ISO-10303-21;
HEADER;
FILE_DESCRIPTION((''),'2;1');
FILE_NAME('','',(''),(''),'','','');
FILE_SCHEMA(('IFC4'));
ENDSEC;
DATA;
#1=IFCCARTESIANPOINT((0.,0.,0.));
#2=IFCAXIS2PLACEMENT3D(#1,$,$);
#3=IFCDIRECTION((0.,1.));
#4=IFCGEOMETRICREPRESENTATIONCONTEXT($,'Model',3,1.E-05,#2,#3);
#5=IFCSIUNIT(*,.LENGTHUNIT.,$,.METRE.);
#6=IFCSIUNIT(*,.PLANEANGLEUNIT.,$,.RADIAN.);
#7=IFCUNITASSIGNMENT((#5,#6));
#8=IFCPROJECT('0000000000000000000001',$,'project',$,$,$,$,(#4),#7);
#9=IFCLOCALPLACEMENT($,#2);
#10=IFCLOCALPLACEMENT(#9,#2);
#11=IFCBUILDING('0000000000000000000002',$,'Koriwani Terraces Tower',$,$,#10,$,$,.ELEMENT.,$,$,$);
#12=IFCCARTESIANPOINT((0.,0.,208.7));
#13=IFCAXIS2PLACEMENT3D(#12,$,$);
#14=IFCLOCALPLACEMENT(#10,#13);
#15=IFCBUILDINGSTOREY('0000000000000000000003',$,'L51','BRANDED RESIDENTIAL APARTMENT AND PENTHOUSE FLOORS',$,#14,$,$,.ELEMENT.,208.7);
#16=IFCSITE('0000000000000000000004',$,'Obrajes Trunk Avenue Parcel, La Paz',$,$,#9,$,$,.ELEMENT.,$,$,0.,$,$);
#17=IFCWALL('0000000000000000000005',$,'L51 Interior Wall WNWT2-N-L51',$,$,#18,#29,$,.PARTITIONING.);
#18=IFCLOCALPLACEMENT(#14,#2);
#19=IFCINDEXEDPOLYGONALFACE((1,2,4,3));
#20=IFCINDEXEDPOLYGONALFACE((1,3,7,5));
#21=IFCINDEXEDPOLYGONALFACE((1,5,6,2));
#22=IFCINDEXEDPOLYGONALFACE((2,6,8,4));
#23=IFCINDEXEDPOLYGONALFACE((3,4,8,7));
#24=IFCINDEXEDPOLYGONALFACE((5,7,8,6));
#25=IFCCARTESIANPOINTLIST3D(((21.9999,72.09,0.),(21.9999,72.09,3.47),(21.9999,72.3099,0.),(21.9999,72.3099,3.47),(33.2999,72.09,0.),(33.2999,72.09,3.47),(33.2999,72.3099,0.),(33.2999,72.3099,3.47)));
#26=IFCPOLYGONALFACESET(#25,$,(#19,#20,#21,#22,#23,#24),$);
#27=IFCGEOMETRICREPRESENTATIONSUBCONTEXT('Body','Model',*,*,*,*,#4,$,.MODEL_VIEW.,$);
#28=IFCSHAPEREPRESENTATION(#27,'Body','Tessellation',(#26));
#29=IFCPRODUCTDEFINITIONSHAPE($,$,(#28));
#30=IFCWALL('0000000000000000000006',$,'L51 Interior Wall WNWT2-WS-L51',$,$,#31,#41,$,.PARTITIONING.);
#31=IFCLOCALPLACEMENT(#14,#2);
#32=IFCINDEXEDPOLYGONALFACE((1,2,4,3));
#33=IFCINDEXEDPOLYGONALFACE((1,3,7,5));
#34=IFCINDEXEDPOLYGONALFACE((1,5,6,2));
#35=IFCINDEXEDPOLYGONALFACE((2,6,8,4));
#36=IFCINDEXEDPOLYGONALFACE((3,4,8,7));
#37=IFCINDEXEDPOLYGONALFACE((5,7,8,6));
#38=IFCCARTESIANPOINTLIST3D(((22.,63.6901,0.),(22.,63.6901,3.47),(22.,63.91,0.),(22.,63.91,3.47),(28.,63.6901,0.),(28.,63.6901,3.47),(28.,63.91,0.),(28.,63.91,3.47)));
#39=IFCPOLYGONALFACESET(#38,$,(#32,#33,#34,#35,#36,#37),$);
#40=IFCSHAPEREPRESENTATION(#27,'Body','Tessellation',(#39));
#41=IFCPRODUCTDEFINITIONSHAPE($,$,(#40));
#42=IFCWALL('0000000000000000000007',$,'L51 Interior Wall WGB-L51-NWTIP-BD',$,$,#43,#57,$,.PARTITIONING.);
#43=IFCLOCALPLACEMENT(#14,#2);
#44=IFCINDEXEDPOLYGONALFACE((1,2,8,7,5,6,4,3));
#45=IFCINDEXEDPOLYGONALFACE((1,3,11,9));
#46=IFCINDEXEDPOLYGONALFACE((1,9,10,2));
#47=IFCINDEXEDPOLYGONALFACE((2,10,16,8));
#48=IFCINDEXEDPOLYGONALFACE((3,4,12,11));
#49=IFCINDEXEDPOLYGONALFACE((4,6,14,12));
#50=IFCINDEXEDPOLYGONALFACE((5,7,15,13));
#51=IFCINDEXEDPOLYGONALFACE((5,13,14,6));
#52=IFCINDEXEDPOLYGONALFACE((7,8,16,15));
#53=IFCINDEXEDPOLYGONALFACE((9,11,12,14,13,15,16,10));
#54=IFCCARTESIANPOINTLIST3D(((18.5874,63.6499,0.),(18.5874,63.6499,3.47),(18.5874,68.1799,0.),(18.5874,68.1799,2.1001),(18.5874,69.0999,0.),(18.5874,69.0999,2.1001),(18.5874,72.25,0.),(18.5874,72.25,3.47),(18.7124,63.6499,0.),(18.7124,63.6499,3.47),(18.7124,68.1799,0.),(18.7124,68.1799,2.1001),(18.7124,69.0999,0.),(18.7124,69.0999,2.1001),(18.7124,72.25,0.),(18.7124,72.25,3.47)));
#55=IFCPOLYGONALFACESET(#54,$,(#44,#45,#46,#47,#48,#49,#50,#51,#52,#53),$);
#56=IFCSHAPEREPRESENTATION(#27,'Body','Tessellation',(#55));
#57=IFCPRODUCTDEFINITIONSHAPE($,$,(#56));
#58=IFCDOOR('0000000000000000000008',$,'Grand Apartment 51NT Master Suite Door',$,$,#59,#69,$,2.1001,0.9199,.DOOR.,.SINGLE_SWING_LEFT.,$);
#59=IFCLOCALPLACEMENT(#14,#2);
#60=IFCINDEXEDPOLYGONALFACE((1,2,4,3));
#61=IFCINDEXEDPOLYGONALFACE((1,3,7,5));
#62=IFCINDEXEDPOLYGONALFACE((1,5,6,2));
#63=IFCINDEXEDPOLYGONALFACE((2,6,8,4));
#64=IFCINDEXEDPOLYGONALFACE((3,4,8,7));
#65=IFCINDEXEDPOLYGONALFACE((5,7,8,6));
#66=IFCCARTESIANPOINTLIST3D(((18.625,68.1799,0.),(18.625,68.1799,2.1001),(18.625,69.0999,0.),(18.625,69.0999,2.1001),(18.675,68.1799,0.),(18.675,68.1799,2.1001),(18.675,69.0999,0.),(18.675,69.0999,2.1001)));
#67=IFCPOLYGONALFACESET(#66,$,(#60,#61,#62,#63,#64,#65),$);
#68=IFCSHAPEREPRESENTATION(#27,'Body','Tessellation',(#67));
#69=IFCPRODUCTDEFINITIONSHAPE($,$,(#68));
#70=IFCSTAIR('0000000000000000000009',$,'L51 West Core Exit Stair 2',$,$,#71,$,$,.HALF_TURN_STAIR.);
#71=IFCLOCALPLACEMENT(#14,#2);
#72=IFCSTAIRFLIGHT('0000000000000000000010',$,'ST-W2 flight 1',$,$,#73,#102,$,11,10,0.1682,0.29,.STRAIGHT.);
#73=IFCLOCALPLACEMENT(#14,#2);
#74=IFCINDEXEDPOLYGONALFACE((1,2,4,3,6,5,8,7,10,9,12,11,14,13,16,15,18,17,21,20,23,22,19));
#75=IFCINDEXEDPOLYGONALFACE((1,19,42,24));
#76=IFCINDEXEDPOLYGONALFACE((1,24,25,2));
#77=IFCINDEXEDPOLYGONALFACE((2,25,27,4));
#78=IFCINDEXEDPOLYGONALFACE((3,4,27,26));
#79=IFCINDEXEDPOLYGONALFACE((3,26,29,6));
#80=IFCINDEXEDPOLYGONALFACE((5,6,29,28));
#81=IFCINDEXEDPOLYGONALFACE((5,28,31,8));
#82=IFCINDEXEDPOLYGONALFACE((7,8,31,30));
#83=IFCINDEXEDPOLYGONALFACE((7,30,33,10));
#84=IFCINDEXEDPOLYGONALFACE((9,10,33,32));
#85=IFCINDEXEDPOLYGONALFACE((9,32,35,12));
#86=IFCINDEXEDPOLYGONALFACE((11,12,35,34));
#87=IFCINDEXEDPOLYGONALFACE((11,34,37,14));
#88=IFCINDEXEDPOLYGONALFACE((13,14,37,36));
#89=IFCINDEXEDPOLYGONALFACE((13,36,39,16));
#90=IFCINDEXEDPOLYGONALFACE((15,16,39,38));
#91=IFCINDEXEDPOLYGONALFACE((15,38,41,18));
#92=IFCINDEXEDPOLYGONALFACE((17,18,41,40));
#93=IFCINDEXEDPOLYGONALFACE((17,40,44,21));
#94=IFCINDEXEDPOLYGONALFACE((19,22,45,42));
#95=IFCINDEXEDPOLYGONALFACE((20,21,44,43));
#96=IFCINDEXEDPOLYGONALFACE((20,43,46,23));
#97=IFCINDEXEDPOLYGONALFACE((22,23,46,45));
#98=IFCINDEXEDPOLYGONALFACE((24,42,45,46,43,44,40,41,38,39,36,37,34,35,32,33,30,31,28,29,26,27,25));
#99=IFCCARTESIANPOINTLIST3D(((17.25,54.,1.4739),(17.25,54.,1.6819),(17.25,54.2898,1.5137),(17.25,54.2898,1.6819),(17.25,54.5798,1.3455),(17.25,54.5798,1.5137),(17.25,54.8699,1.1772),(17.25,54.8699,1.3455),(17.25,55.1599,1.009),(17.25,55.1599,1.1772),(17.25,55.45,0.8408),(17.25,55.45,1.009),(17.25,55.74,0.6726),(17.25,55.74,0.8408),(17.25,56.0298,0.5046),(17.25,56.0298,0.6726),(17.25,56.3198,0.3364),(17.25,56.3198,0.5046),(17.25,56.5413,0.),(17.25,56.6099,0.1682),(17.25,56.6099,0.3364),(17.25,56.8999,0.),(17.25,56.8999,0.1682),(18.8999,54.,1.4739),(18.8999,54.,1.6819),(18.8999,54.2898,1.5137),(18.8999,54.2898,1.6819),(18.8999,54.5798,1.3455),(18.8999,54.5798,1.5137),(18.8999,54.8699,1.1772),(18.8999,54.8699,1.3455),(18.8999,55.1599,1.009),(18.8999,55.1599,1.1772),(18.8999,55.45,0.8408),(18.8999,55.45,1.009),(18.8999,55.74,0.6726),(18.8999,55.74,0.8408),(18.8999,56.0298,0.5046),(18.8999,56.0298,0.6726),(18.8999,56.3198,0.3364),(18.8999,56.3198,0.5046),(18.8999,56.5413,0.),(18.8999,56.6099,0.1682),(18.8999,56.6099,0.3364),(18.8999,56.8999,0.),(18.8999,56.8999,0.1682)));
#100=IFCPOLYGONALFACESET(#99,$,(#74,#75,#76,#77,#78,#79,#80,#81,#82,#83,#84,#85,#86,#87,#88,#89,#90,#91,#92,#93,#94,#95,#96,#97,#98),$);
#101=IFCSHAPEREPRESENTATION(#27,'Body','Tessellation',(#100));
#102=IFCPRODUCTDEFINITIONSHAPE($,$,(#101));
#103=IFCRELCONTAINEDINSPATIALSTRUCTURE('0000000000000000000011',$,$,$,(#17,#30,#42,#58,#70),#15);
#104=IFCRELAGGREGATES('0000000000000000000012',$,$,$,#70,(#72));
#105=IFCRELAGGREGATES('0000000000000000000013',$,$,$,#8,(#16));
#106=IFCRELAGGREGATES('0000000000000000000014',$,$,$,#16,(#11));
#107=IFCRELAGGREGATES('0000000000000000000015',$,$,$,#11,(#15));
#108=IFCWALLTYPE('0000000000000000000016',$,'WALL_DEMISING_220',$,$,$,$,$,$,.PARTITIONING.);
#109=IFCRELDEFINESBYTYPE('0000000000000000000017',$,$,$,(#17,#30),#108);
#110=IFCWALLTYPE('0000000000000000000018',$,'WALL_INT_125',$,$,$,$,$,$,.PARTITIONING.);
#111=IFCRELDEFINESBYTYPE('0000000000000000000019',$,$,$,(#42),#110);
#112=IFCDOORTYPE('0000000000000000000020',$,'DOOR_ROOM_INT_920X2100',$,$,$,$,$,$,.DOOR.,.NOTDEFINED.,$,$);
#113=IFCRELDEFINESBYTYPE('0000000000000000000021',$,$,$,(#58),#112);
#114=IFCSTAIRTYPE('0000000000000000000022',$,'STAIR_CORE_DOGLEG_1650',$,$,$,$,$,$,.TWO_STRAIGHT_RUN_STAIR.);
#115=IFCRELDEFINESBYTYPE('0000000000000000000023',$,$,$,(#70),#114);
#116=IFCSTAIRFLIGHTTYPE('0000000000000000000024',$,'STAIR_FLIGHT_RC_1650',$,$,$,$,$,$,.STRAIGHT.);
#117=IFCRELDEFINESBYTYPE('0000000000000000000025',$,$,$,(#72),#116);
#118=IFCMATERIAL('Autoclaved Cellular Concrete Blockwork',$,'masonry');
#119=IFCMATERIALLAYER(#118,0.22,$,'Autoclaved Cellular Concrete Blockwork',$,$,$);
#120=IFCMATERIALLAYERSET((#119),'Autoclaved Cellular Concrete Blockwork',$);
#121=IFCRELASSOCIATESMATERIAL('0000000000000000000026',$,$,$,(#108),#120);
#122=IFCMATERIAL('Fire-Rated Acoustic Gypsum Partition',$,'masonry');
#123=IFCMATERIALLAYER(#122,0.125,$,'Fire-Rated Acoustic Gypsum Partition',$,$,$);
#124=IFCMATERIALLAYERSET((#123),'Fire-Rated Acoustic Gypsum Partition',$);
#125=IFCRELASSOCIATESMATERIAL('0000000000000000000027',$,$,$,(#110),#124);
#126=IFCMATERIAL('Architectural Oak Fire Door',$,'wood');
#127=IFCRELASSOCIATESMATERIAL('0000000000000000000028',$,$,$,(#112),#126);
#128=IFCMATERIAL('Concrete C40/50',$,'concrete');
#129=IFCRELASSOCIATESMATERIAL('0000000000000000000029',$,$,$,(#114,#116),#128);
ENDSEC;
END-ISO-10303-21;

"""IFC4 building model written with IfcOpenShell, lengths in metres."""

from ifc_helpers import new_model, si_unit, direction, frame, frame_2d, origin, place, context, subcontext, project, spatial, polyline, rectangle, outline, extrude, material, layer, layer_set, type_object, element, fill, aggregate, save


model = new_model("IFC4")

# Units and contexts
model_context = context("Model", 3, precision=1e-05, world=origin(), true_north=direction((0.0, 1.0)))
body_context = subcontext(model_context, "Body", "Model", "MODEL_VIEW")
ifc_project = project(units=[si_unit("LENGTHUNIT", "METRE"), si_unit("PLANEANGLEUNIT", "RADIAN")], contexts=[model_context])

# Site, building, storey
site_placement = place(None, origin())
site = spatial("IfcSite", under=ifc_project, at=site_placement, Name="Obrajes Trunk Avenue Parcel, La Paz", CompositionType="ELEMENT", RefElevation=0.0)
building_placement = place(site_placement, origin())
building = spatial("IfcBuilding", under=site, at=building_placement, Name="Koriwani Terraces Tower", CompositionType="ELEMENT")
storey_placement = place(building_placement, frame((0.0, 0.0, 208.7)))
storey = spatial("IfcBuildingStorey", under=building, at=storey_placement, Name="L51", Description="BRANDED RESIDENTIAL APARTMENT AND PENTHOUSE FLOORS", CompositionType="ELEMENT", Elevation=208.7)

# Shared definitions
ifc_material_1 = material(Name="Concrete C40/50", Category="concrete")

# Walls
ifc_material_2 = material(Name="Autoclaved Cellular Concrete Blockwork", Category="masonry")
ifc_layer_1 = layer(ifc_material_2, 0.22, Name="Autoclaved Cellular Concrete Blockwork")
ifc_layer_set_1 = layer_set([ifc_layer_1], Name="Autoclaved Cellular Concrete Blockwork")
wall_type_1 = type_object("IfcWallType", Name="WALL_DEMISING_220", PredefinedType="PARTITIONING", material=ifc_layer_set_1)
wall_1_placement = place(storey_placement, frame((22.0, 72.2, 0.0), z_axis=(0.0, 0.0, 1.0), x_axis=(1.0, 0.0, 0.0)))
element("IfcWall", 1, at=wall_1_placement, inside=storey, type_object=wall_type_1, Name="L51 Interior Wall WNWT2-N-L51", PredefinedType="PARTITIONING", context=body_context, shape_type="SweptSolid", body=[
    extrude(rectangle(XDim=11.3, YDim=0.22, at=frame_2d((5.6499, 0.0))), origin(), (0.0, 0.0, 1.0), 3.47),
])
wall_2_placement = place(storey_placement, frame((22.0, 63.8, 0.0), z_axis=(0.0, 0.0, 1.0), x_axis=(1.0, 0.0, 0.0)))
element("IfcWall", 2, at=wall_2_placement, inside=storey, type_object=wall_type_1, Name="L51 Interior Wall WNWT2-WS-L51", PredefinedType="PARTITIONING", context=body_context, shape_type="SweptSolid", body=[
    extrude(rectangle(XDim=6.0, YDim=0.22, at=frame_2d((3.0, 0.0))), origin(), (0.0, 0.0, 1.0), 3.47),
])

# Wall, opening, door
ifc_material_3 = material(Name="Fire-Rated Acoustic Gypsum Partition", Category="masonry")
ifc_layer_2 = layer(ifc_material_3, 0.125, Name="Fire-Rated Acoustic Gypsum Partition")
ifc_layer_set_2 = layer_set([ifc_layer_2], Name="Fire-Rated Acoustic Gypsum Partition")
wall_type_2 = type_object("IfcWallType", Name="WALL_INT_125", PredefinedType="PARTITIONING", material=ifc_layer_set_2)
wall_3_placement = place(storey_placement, frame((18.6499, 63.6499, 0.0), z_axis=(0.0, 0.0, 1.0), x_axis=(0.0, 1.0, 0.0)))
wall_3 = element("IfcWall", 3, at=wall_3_placement, inside=storey, type_object=wall_type_2, Name="L51 Interior Wall WGB-L51-NWTIP-BD", PredefinedType="PARTITIONING", context=body_context, shape_type="SweptSolid", body=[
    extrude(rectangle(XDim=8.6001, YDim=0.125, at=frame_2d((4.3, 0.0))), origin(), (0.0, 0.0, 1.0), 3.47),
])
opening_1_placement = place(wall_3_placement, frame((4.53, 0.0, 0.0)))
opening_1 = element("IfcOpeningElement", 4, at=opening_1_placement, cuts=wall_3, PredefinedType="OPENING", context=body_context, shape_type="SweptSolid", body=[
    extrude(rectangle(XDim=0.9199, YDim=2.1001, at=frame_2d((0.46, 1.05))), frame((0.0, 0.0725, 0.0), z_axis=(0.0, -1.0, 0.0), x_axis=(1.0, 0.0, 0.0)), (0.0, 0.0, 1.0), 0.145),
])
ifc_material_4 = material(Name="Architectural Oak Fire Door", Category="wood")
door_type_1 = type_object("IfcDoorType", Name="DOOR_ROOM_INT_920X2100", OperationType="NOTDEFINED", PredefinedType="DOOR", material=ifc_material_4)
door_1_placement = place(opening_1_placement, origin())
door_1 = element("IfcDoor", 5, at=door_1_placement, inside=storey, type_object=door_type_1, Name="Grand Apartment 51NT Master Suite Door", OperationType="SINGLE_SWING_LEFT", OverallHeight=2.1001, OverallWidth=0.9199, PredefinedType="DOOR", context=body_context, shape_type="SweptSolid", body=[
    extrude(rectangle(XDim=0.9199, YDim=2.1001, at=frame_2d((0.46, 1.05))), frame((0.0, 0.0249, 0.0), z_axis=(0.0, -1.0, 0.0), x_axis=(1.0, 0.0, 0.0)), (0.0, 0.0, 1.0), 0.05),
])
fill(opening_1, door_1)

# Stair, stair flight
stair_type = type_object("IfcStairType", Name="STAIR_CORE_DOGLEG_1650", PredefinedType="TWO_STRAIGHT_RUN_STAIR", material=ifc_material_1)
stair_placement = place(storey_placement, origin())
stair = element("IfcStair", 6, at=stair_placement, inside=storey, type_object=stair_type, Name="L51 West Core Exit Stair 2", PredefinedType="HALF_TURN_STAIR")
stair_flight_type = type_object("IfcStairFlightType", Name="STAIR_FLIGHT_RC_1650", PredefinedType="STRAIGHT", material=ifc_material_1)
stair_flight_placement = place(storey_placement, frame((18.075, 56.8999, 0.0), z_axis=(0.0, 0.0, 1.0), x_axis=(0.0, -1.0, 0.0)))
stair_flight = element("IfcStairFlight", 7, at=stair_flight_placement, type_object=stair_flight_type, Name="ST-W2 flight 1", NumberOfRisers=11, NumberOfTreads=10, PredefinedType="STRAIGHT", RiserHeight=0.1682, TreadLength=0.29, context=body_context, shape_type="SweptSolid", body=[
    extrude(outline(polyline([(0.0, 0.0), (0.0, 0.1682), (0.29, 0.1682), (0.29, 0.3364), (0.5801, 0.3364), (0.5801, 0.5046), (0.8701, 0.5046), (0.8701, 0.6726), (1.1599, 0.6726), (1.1599, 0.8408), (1.45, 0.8408), (1.45, 1.009), (1.74, 1.009), (1.74, 1.1772), (2.03, 1.1772), (2.03, 1.3455), (2.3201, 1.3455), (2.3201, 1.5137), (2.6101, 1.5137), (2.6101, 1.6819), (2.8999, 1.6819), (2.8999, 1.8501), (2.8999, 1.4739), (0.3586, 0.0), (0.0, 0.0)])), frame((0.0, 0.825, 0.0), z_axis=(0.0, -1.0, 0.0), x_axis=(1.0, 0.0, 0.0)), (0.0, 0.0, 1.0), 1.6499),
])
aggregate(stair, [stair_flight])

save(model, "model.ifc")
